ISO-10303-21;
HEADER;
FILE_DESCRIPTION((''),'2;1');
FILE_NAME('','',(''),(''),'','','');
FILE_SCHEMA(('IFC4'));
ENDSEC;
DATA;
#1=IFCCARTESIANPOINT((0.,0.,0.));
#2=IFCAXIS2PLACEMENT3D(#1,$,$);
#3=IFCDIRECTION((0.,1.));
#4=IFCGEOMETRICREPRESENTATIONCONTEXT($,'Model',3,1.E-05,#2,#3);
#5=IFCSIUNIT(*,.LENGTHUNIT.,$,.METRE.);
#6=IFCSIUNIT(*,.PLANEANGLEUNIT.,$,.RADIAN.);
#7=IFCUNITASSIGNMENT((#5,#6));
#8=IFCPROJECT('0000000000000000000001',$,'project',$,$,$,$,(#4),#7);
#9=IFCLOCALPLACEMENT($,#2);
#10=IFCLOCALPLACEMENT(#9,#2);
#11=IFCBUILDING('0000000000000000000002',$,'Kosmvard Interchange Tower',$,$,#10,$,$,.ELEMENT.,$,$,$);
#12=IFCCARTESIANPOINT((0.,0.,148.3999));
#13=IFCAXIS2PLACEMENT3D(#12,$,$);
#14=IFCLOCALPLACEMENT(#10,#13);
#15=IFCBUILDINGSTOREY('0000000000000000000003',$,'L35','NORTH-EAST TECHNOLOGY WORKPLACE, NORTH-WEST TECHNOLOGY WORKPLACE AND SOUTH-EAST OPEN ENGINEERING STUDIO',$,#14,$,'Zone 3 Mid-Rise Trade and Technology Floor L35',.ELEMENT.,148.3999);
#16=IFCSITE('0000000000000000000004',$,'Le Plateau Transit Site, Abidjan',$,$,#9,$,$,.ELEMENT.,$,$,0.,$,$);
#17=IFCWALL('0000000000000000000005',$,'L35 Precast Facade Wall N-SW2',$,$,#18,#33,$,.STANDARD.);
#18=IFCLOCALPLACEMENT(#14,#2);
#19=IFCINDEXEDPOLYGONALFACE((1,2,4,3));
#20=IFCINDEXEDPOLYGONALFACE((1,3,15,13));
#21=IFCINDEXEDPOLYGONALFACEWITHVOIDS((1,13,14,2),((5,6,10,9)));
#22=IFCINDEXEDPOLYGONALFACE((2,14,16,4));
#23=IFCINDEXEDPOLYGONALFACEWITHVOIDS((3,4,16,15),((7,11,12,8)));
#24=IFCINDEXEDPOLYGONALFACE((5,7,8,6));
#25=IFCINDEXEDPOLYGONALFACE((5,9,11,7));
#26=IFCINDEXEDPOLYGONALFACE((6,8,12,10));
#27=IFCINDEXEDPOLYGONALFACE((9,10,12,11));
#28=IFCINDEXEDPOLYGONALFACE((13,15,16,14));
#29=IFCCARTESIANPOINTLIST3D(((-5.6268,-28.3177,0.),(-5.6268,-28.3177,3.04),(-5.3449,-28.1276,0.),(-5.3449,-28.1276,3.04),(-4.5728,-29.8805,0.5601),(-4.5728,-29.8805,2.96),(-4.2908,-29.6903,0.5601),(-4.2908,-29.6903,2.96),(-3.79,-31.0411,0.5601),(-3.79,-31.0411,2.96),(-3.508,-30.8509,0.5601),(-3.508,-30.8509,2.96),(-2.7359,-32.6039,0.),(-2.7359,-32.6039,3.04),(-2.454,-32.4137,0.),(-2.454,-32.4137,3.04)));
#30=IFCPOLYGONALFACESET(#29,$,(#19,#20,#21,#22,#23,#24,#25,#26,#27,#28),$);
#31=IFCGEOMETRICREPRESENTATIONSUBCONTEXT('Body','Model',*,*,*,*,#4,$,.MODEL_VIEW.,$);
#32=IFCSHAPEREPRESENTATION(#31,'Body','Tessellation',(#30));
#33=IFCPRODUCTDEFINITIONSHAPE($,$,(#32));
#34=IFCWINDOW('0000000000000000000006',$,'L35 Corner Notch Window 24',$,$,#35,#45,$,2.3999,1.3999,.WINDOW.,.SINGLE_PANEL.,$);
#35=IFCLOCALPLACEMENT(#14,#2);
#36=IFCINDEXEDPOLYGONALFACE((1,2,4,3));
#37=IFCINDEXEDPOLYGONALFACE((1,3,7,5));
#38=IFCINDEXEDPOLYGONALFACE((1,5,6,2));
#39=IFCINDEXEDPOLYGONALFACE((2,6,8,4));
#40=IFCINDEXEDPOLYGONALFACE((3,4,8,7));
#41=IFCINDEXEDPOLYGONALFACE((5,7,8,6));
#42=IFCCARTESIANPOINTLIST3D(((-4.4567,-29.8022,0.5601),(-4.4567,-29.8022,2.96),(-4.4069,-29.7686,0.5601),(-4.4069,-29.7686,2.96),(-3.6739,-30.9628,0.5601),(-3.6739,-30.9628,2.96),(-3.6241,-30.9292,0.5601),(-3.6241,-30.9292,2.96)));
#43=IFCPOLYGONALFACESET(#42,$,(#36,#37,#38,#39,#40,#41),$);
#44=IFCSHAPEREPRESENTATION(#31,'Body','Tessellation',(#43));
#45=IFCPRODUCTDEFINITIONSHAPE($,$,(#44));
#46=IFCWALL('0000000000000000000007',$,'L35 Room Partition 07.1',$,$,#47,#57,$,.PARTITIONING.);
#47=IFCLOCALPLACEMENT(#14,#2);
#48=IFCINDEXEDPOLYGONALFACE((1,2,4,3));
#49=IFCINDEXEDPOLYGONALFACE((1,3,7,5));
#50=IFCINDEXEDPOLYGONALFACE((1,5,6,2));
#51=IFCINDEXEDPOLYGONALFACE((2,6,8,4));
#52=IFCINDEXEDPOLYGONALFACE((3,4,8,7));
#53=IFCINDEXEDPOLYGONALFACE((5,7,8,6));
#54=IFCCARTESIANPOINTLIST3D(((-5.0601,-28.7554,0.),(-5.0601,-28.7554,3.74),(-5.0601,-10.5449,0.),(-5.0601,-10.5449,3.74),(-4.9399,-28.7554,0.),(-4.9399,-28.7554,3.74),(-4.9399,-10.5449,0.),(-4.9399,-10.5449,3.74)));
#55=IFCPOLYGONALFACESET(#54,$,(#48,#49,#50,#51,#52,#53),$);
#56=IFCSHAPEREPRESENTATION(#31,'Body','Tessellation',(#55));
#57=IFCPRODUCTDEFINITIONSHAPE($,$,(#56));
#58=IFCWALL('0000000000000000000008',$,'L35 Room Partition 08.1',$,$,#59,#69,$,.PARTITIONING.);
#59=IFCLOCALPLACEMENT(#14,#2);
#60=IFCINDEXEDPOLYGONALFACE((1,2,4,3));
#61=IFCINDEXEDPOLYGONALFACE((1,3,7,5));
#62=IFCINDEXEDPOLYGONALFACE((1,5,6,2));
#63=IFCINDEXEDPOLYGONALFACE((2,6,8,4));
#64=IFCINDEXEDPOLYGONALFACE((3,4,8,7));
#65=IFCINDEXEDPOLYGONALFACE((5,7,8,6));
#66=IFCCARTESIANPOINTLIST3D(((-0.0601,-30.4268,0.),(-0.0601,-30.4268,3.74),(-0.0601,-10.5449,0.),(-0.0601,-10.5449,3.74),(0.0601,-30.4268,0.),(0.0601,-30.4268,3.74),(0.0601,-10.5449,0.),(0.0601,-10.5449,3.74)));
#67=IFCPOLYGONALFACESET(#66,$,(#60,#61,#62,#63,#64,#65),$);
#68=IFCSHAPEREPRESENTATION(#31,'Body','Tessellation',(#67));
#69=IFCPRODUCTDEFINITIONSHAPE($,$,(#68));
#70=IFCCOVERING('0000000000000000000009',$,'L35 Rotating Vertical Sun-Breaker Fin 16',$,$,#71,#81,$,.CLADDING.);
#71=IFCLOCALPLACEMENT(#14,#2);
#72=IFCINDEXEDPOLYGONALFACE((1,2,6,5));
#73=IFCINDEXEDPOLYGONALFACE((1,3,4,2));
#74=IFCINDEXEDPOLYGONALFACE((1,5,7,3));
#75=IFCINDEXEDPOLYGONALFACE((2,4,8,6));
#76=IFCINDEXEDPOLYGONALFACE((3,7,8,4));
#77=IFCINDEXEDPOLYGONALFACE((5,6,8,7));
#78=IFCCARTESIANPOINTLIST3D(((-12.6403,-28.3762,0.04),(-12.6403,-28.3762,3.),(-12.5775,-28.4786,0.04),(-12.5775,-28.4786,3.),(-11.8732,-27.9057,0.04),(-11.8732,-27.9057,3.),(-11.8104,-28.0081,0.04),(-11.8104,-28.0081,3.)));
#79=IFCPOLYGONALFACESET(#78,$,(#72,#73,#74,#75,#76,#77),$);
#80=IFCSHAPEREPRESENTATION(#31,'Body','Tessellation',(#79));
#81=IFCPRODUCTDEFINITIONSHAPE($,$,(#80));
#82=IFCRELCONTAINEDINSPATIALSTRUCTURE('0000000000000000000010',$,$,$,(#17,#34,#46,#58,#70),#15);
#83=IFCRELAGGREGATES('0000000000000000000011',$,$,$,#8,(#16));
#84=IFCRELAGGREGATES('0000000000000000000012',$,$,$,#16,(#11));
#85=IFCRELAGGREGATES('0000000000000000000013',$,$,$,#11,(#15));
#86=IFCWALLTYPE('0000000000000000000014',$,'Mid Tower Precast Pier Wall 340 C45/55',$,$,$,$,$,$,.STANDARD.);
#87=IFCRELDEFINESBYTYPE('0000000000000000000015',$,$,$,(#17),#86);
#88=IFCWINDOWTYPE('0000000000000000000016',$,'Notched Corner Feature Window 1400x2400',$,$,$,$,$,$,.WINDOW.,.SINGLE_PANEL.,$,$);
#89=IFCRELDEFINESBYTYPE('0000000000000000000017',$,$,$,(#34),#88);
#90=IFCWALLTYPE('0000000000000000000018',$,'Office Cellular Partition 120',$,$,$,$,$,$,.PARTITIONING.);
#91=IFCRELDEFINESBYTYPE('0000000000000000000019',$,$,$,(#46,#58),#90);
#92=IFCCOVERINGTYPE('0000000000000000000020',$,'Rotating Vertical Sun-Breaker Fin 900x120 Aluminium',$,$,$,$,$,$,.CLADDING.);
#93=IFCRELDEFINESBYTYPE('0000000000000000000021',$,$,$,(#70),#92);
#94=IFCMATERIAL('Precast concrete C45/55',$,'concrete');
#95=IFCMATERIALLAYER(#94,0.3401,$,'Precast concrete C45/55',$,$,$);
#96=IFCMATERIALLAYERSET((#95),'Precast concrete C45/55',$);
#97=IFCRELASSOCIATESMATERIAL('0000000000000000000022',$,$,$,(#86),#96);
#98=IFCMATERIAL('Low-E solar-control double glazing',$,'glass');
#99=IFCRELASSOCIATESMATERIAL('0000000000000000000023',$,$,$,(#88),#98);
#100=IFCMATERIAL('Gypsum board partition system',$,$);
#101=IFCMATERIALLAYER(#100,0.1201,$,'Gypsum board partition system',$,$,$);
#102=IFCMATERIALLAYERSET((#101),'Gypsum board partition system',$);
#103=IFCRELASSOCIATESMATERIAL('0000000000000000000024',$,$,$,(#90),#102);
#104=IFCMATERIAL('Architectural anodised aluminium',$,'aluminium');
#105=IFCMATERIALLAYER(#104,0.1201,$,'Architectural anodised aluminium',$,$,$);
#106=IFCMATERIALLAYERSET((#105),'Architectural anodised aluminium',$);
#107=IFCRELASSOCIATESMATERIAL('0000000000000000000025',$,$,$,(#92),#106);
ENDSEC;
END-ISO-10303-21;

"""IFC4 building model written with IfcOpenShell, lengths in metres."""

from ifc_helpers import new_model, si_unit, direction, frame, frame_2d, origin, origin_2d, place, context, subcontext, project, spatial, rectangle, extrude, source, transform, mapped, material, layer, layer_set, type_object, element, fill, save


model = new_model("IFC4")

# Units and contexts
model_context = context("Model", 3, precision=1e-05, world=origin(), true_north=direction((0.0, 1.0)))
body_context = subcontext(model_context, "Body", "Model", "MODEL_VIEW")
ifc_project = project(units=[si_unit("LENGTHUNIT", "METRE"), si_unit("PLANEANGLEUNIT", "RADIAN")], contexts=[model_context])

# Site, building, storey
site_placement = place(None, origin())
site = spatial("IfcSite", under=ifc_project, at=site_placement, Name="Le Plateau Transit Site, Abidjan", CompositionType="ELEMENT", RefElevation=0.0)
building_placement = place(site_placement, origin())
building = spatial("IfcBuilding", under=site, at=building_placement, Name="Kosmvard Interchange Tower", CompositionType="ELEMENT")
storey_placement = place(building_placement, frame((0.0, 0.0, 148.3999)))
storey = spatial("IfcBuildingStorey", under=building, at=storey_placement, Name="L35", Description="NORTH-EAST TECHNOLOGY WORKPLACE, NORTH-WEST TECHNOLOGY WORKPLACE AND SOUTH-EAST OPEN ENGINEERING STUDIO", LongName="Zone 3 Mid-Rise Trade and Technology Floor L35", CompositionType="ELEMENT", Elevation=148.3999)

# Shared definitions
ifc_material_1 = material(Name="Precast concrete C45/55", Category="concrete")

# Shared definitions
ifc_layer_1 = layer(ifc_material_1, 0.3401, Name="Precast concrete C45/55")
ifc_layer_set_1 = layer_set([ifc_layer_1], Name="Precast concrete C45/55")
wall_type_1 = type_object("IfcWallType", Name="Mid Tower Precast Pier Wall 340 C45/55", PredefinedType="STANDARD", material=ifc_layer_set_1)
ifc_material_2 = material(Name="Low-E solar-control double glazing", Category="glass")
window_type_1 = type_object("IfcWindowType", Name="Notched Corner Feature Window 1400x2400", PartitioningType="SINGLE_PANEL", PredefinedType="WINDOW", material=ifc_material_2)
shared_shape_1 = source(origin(), body_context, "Body", "SweptSolid", [
    extrude(rectangle(XDim=1.3999, YDim=2.3999, at=frame_2d((0.7, 1.2))), frame((0.0, 0.03, 0.0), z_axis=(0.0, -1.0, 0.0), x_axis=(1.0, 0.0, 0.0)), (0.0, 0.0, 1.0), 0.0601),
])

# Wall, opening, window
wall_1_placement = place(storey_placement, frame((-5.4858, -28.2227, 0.0), z_axis=(0.0, 0.0, 1.0), x_axis=(0.559171, -0.829052, 0.0)))
wall_1 = element("IfcWall", 1, at=wall_1_placement, inside=storey, type_object=wall_type_1, Name="L35 Precast Facade Wall N-SW2", PredefinedType="STANDARD", context=body_context, shape_type="SweptSolid", body=[
    extrude(rectangle(XDim=5.1699, YDim=0.3401, at=frame_2d((2.585, 0.0))), origin(), (0.0, 0.0, 1.0), 3.04),
])
opening_1_placement = place(wall_1_placement, frame((1.885, 0.0, 0.5601)))
opening_1 = element("IfcOpeningElement", 2, at=opening_1_placement, cuts=wall_1, PredefinedType="OPENING", context=body_context, shape_type="SweptSolid", body=[
    extrude(rectangle(XDim=1.3999, YDim=2.3999, at=frame_2d((0.7, 1.2))), frame((0.0, 0.1802, 0.0), z_axis=(0.0, -1.0, 0.0), x_axis=(1.0, 0.0, 0.0)), (0.0, 0.0, 1.0), 0.3601),
])
window_1_placement = place(opening_1_placement, origin())
window_1 = element("IfcWindow", 3, at=window_1_placement, inside=storey, type_object=window_type_1, Name="L35 Corner Notch Window 24", OverallHeight=2.3999, OverallWidth=1.3999, PartitioningType="SINGLE_PANEL", PredefinedType="WINDOW", context=body_context, shape_type="MappedRepresentation", body=[
    mapped(shared_shape_1, transform((0.0, 0.0, 0.0), scale=1.0)),
])
fill(opening_1, window_1)

# Walls
ifc_material_3 = material(Name="Gypsum board partition system")
ifc_layer_2 = layer(ifc_material_3, 0.1201, Name="Gypsum board partition system")
ifc_layer_set_2 = layer_set([ifc_layer_2], Name="Gypsum board partition system")
wall_type_2 = type_object("IfcWallType", Name="Office Cellular Partition 120", PredefinedType="PARTITIONING", material=ifc_layer_set_2)
wall_2_placement = place(storey_placement, frame((-5.0, -28.7554, 0.0), z_axis=(0.0, 0.0, 1.0), x_axis=(0.0, 1.0, 0.0)))
element("IfcWall", 4, at=wall_2_placement, inside=storey, type_object=wall_type_2, Name="L35 Room Partition 07.1", PredefinedType="PARTITIONING", context=body_context, shape_type="SweptSolid", body=[
    extrude(rectangle(XDim=18.2104, YDim=0.1201, at=frame_2d((9.1052, 0.0))), origin(), (0.0, 0.0, 1.0), 3.74),
])
wall_3_placement = place(storey_placement, frame((0.0, -30.4268, 0.0), z_axis=(0.0, 0.0, 1.0), x_axis=(0.0, 1.0, 0.0)))
element("IfcWall", 5, at=wall_3_placement, inside=storey, type_object=wall_type_2, Name="L35 Room Partition 08.1", PredefinedType="PARTITIONING", context=body_context, shape_type="SweptSolid", body=[
    extrude(rectangle(XDim=19.8818, YDim=0.1201, at=frame_2d((9.9409, 0.0))), origin(), (0.0, 0.0, 1.0), 3.74),
])

# Covering
ifc_material_4 = material(Name="Architectural anodised aluminium", Category="aluminium")
ifc_layer_3 = layer(ifc_material_4, 0.1201, Name="Architectural anodised aluminium")
ifc_layer_set_3 = layer_set([ifc_layer_3], Name="Architectural anodised aluminium")
covering_type = type_object("IfcCoveringType", Name="Rotating Vertical Sun-Breaker Fin 900x120 Aluminium", PredefinedType="CLADDING", material=ifc_layer_set_3)
shared_shape_2 = source(origin(), body_context, "Body", "SweptSolid", [
    extrude(rectangle(XDim=0.8999, YDim=0.1201, at=origin_2d()), origin(), (0.0, 0.0, 1.0), 2.96),
])
covering_placement = place(storey_placement, frame((-12.2253, -28.1921, 0.04), z_axis=(0.0, 0.0, 1.0), x_axis=(-0.852458, -0.522796, 0.0)))
element("IfcCovering", 6, at=covering_placement, inside=storey, type_object=covering_type, Name="L35 Rotating Vertical Sun-Breaker Fin 16", PredefinedType="CLADDING", context=body_context, shape_type="MappedRepresentation", body=[
    mapped(shared_shape_2, transform((0.0, 0.0, 0.0), scale=1.0)),
])

save(model, "model.ifc")
